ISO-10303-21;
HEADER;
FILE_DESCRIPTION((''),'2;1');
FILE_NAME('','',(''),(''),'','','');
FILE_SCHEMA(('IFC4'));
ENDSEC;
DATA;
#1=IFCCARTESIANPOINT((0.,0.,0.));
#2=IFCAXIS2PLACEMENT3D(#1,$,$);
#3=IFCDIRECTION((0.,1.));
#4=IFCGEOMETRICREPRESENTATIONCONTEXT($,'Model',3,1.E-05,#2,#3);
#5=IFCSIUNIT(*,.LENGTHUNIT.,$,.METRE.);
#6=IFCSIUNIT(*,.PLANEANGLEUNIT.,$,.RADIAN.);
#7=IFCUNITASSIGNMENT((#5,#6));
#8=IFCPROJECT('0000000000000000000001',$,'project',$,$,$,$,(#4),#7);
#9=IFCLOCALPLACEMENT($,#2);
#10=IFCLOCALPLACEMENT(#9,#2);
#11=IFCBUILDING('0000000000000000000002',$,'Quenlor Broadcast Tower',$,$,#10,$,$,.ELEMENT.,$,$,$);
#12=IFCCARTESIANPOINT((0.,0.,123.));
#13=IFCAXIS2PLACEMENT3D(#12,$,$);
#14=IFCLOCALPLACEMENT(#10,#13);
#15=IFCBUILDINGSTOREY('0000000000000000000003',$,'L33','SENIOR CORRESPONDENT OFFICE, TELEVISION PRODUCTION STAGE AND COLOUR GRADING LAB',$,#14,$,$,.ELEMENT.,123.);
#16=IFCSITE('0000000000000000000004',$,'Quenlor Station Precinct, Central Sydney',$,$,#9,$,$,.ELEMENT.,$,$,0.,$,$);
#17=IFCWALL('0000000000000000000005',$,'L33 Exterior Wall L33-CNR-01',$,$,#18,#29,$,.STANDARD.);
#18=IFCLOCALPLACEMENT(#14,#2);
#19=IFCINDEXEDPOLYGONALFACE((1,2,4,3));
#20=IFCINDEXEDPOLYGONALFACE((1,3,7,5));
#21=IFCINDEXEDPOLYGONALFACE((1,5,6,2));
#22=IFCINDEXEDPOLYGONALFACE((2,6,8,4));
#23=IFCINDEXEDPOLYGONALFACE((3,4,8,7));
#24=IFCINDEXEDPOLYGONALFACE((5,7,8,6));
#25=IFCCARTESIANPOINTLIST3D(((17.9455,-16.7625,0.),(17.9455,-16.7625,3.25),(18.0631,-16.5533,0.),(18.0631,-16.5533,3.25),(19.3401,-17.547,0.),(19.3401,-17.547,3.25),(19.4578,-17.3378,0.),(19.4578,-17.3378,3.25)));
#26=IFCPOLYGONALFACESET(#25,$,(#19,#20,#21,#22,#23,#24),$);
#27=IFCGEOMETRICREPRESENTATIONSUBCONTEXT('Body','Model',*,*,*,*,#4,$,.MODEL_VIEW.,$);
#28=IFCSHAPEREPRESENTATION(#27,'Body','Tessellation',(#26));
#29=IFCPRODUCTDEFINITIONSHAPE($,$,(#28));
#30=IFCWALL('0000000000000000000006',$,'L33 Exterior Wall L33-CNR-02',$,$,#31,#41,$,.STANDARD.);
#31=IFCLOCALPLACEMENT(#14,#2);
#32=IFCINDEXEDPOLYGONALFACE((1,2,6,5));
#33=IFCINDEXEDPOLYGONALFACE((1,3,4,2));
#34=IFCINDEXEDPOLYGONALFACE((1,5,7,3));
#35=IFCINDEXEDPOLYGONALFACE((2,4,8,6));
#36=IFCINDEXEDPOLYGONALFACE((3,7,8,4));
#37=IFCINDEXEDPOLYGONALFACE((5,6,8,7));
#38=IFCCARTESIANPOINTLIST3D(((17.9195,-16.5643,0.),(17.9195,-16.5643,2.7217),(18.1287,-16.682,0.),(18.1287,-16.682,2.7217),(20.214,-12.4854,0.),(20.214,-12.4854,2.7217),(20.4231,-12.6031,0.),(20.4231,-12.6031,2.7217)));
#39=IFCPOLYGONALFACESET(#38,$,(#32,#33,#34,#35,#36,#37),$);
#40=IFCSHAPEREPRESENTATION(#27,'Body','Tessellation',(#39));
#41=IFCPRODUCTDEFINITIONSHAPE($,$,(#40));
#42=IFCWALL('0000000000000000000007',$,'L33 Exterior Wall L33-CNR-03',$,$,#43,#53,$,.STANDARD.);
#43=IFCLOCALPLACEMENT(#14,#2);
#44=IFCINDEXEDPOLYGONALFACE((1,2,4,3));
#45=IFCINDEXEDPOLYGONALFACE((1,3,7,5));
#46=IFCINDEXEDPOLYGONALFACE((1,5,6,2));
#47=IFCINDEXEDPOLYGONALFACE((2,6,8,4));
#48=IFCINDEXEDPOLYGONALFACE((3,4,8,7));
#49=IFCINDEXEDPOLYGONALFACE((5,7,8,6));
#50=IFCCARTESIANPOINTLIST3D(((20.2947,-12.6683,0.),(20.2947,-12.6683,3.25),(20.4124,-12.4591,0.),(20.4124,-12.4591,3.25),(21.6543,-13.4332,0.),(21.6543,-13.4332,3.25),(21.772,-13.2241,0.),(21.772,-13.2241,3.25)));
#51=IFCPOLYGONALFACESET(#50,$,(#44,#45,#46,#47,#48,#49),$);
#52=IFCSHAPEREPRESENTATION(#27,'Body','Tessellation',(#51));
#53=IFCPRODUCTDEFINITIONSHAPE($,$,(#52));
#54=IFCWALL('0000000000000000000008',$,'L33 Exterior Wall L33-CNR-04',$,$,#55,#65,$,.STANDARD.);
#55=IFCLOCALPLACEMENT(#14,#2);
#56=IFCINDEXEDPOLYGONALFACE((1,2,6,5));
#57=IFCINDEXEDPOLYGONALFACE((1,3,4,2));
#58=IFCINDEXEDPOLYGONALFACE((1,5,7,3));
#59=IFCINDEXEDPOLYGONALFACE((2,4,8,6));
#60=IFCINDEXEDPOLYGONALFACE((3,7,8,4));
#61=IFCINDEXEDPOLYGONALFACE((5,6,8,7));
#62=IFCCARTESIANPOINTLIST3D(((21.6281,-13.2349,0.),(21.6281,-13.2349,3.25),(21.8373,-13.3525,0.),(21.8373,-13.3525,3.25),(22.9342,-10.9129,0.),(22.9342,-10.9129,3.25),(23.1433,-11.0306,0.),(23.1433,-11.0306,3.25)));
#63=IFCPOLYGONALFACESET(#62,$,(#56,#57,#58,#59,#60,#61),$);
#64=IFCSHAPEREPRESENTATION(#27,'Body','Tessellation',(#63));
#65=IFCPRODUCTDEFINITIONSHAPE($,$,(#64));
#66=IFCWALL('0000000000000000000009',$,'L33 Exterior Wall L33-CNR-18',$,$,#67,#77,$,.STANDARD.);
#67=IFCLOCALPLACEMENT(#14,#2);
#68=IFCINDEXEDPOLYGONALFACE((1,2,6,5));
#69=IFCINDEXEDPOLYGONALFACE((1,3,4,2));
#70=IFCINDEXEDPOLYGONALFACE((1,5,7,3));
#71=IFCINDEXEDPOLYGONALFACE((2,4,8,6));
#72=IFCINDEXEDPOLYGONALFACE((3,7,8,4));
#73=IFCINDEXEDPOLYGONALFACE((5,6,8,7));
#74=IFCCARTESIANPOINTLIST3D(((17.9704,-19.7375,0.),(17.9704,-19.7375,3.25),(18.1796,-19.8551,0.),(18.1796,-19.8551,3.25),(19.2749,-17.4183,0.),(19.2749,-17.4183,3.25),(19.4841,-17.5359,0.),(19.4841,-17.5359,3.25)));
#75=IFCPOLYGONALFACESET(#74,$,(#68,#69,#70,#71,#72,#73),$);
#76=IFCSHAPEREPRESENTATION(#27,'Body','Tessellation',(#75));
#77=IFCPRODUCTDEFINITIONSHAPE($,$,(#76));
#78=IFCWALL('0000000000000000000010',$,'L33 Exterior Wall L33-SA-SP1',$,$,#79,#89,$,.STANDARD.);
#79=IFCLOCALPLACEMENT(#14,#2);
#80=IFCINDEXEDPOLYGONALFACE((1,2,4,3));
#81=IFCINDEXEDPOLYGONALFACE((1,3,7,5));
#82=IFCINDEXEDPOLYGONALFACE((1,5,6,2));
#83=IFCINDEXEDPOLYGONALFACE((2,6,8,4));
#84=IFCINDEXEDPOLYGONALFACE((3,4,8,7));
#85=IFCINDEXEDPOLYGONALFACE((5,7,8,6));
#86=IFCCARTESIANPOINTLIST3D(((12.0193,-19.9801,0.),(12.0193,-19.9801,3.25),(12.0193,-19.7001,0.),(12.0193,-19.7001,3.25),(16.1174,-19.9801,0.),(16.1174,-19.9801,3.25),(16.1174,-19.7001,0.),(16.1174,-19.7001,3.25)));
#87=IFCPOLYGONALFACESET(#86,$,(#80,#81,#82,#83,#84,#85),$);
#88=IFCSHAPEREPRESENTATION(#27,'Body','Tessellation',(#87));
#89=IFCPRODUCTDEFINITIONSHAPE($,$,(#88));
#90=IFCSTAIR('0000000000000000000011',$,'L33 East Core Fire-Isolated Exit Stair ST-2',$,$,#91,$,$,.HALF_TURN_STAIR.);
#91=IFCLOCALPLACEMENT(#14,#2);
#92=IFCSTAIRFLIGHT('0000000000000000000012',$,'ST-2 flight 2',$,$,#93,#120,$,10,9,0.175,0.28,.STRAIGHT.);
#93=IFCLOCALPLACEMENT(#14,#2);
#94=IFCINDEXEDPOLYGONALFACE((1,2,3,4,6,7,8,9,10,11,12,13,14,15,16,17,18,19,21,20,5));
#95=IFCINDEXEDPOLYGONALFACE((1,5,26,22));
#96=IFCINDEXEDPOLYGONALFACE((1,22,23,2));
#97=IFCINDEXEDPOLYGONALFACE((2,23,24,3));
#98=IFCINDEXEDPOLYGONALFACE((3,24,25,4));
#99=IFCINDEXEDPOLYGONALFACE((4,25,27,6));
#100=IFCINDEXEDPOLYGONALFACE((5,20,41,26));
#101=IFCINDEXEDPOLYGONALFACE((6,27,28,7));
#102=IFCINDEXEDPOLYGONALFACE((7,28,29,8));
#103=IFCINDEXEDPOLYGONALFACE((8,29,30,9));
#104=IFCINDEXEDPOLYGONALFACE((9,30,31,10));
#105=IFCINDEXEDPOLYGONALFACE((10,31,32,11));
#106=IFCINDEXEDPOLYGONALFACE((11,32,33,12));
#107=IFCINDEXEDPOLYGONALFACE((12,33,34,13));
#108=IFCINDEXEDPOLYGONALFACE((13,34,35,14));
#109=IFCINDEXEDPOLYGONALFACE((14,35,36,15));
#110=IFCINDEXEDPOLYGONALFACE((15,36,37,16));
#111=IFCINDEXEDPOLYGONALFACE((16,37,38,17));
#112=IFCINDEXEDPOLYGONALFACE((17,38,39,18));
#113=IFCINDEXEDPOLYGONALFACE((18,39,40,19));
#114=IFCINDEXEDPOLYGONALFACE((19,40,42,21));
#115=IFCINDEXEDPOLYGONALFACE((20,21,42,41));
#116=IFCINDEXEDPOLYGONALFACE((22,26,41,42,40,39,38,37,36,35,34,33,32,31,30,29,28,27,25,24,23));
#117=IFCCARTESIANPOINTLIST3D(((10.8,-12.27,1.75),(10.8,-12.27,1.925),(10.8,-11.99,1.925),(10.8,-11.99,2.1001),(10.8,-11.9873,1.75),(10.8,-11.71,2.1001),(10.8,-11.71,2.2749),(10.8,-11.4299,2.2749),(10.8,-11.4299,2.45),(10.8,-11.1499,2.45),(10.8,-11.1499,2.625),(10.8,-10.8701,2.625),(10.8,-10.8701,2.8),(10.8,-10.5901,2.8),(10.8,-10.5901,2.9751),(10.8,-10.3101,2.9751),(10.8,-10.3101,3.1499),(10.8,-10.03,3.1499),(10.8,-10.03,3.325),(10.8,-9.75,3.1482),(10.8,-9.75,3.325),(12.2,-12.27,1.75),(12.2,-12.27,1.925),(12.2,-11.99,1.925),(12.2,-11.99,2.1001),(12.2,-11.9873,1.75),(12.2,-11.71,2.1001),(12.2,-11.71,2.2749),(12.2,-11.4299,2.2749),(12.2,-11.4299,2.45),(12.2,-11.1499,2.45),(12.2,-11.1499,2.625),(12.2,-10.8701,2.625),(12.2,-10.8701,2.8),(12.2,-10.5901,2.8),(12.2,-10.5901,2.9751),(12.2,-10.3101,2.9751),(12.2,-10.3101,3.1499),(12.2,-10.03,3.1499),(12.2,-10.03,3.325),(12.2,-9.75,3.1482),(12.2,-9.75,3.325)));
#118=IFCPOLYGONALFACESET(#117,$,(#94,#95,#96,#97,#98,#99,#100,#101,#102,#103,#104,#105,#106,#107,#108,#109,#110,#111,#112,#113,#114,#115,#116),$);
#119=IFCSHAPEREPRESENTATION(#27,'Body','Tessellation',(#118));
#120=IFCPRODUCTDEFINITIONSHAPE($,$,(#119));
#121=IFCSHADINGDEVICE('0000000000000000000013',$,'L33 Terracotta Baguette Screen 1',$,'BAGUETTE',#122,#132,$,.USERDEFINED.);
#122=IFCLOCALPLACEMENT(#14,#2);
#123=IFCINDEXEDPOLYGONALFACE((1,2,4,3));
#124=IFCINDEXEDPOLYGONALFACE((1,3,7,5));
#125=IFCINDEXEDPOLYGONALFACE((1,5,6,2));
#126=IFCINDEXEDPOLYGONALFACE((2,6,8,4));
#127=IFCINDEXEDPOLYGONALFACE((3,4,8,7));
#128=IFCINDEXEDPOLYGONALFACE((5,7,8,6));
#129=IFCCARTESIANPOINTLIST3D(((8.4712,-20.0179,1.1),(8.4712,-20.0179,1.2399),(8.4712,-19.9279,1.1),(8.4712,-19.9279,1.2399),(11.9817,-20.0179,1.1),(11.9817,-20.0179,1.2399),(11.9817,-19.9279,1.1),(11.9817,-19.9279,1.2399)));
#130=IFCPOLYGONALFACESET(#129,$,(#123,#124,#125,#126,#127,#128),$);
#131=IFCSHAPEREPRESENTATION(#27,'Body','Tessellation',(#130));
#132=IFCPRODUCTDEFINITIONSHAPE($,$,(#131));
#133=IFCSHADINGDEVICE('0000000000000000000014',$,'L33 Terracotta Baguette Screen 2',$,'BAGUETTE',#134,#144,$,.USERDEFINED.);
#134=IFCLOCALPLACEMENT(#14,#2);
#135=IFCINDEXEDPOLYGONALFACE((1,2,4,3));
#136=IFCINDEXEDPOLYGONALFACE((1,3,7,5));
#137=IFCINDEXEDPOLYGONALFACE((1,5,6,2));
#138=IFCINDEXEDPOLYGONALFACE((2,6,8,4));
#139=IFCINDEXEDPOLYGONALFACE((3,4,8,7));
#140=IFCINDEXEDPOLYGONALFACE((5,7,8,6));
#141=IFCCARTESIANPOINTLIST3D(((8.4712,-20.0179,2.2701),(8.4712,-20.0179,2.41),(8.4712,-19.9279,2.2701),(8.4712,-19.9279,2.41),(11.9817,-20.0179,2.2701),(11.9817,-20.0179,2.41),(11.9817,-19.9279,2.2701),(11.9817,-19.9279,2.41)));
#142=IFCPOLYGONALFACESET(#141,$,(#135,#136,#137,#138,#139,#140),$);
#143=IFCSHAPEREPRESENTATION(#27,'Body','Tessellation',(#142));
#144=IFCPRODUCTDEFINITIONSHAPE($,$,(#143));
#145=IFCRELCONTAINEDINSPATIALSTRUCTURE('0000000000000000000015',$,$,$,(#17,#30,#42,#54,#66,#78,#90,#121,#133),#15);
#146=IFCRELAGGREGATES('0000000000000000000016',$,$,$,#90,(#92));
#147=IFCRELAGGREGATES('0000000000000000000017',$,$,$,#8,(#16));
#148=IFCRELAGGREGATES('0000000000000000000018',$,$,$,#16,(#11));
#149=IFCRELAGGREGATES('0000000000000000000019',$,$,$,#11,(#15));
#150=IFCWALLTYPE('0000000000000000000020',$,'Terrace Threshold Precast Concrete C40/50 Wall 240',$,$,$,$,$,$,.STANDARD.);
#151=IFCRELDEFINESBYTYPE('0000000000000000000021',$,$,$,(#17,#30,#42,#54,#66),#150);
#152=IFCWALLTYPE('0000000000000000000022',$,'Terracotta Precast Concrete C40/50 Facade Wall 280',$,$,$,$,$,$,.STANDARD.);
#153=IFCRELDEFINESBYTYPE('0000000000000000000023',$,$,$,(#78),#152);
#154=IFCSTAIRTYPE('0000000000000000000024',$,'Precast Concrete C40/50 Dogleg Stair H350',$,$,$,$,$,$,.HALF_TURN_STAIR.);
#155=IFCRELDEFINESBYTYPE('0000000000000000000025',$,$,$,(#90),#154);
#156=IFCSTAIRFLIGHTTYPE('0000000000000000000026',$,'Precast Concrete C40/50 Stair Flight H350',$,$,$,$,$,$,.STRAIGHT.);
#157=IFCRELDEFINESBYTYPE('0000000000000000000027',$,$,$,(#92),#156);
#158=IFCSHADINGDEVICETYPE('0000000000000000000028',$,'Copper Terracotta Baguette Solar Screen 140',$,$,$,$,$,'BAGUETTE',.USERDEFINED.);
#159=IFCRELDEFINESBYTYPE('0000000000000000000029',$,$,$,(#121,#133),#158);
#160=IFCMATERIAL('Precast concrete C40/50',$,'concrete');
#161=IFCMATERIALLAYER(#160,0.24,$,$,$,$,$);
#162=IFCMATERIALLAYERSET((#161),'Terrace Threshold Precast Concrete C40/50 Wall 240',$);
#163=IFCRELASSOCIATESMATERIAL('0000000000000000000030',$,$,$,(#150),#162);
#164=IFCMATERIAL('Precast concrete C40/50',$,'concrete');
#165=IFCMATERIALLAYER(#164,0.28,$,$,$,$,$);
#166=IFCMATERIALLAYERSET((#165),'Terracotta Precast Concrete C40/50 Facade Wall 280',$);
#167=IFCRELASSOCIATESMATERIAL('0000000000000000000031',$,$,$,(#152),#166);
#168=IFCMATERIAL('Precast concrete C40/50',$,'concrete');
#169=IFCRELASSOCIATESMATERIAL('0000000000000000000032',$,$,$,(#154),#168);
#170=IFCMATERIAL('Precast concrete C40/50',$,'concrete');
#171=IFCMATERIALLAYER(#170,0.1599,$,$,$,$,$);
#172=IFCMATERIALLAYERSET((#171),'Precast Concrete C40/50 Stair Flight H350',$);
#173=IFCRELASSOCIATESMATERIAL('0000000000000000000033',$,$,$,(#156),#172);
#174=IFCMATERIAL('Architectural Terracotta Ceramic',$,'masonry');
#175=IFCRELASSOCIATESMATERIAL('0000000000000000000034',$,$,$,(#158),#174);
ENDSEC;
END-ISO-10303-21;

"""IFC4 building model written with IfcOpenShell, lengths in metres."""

from ifc_helpers import new_model, si_unit, direction, frame, frame_2d, origin, origin_2d, place, context, subcontext, project, spatial, polyline, rectangle, outline, extrude, material, layer, layer_set, material_profile, profile_set, type_object, element, aggregate, save


model = new_model("IFC4")

# Units and contexts
model_context = context("Model", 3, precision=1e-05, world=origin(), true_north=direction((0.0, 1.0)))
body_context = subcontext(model_context, "Body", "Model", "MODEL_VIEW")
ifc_project = project(units=[si_unit("LENGTHUNIT", "METRE"), si_unit("PLANEANGLEUNIT", "RADIAN")], contexts=[model_context])

# Site, building, storey
site_placement = place(None, origin())
site = spatial("IfcSite", under=ifc_project, at=site_placement, Name="Quenlor Station Precinct, Central Sydney", CompositionType="ELEMENT", RefElevation=0.0)
building_placement = place(site_placement, origin())
building = spatial("IfcBuilding", under=site, at=building_placement, Name="Quenlor Broadcast Tower", CompositionType="ELEMENT")
storey_placement = place(building_placement, frame((0.0, 0.0, 123.0)))
storey = spatial("IfcBuildingStorey", under=building, at=storey_placement, Name="L33", Description="SENIOR CORRESPONDENT OFFICE, TELEVISION PRODUCTION STAGE AND COLOUR GRADING LAB", CompositionType="ELEMENT", Elevation=123.0)

# Walls
ifc_material_1 = material(Name="Precast concrete C40/50", Category="concrete")
ifc_layer_1 = layer(ifc_material_1, 0.24)
ifc_layer_set_1 = layer_set([ifc_layer_1], Name="Terrace Threshold Precast Concrete C40/50 Wall 240")
wall_type_1 = type_object("IfcWallType", Name="Terrace Threshold Precast Concrete C40/50 Wall 240", PredefinedType="STANDARD", material=ifc_layer_set_1)
wall_1_placement = place(storey_placement, frame((19.3989, -17.4424, 0.0), z_axis=(0.0, 0.0, 1.0), x_axis=(-0.871576, 0.490261, 0.0)))
element("IfcWall", 1, at=wall_1_placement, inside=storey, type_object=wall_type_1, Name="L33 Exterior Wall L33-CNR-01", PredefinedType="STANDARD", context=body_context, shape_type="SweptSolid", body=[
    extrude(rectangle(XDim=1.6001, YDim=0.24, at=frame_2d((0.8, 0.0))), origin(), (0.0, 0.0, 1.0), 3.25),
])
wall_2_placement = place(storey_placement, frame((18.0242, -16.623, 0.0), z_axis=(0.0, 0.0, 1.0), x_axis=(0.490274, 0.871569, 0.0)))
element("IfcWall", 2, at=wall_2_placement, inside=storey, type_object=wall_type_1, Name="L33 Exterior Wall L33-CNR-02", PredefinedType="STANDARD", context=body_context, shape_type="SweptSolid", body=[
    extrude(rectangle(XDim=4.6799, YDim=0.24, at=frame_2d((2.3398, 0.0))), origin(), (0.0, 0.0, 1.0), 2.7217),
])
wall_3_placement = place(storey_placement, frame((20.3535, -12.5637, 0.0), z_axis=(0.0, 0.0, 1.0), x_axis=(0.871546, -0.490313, 0.0)))
element("IfcWall", 3, at=wall_3_placement, inside=storey, type_object=wall_type_1, Name="L33 Exterior Wall L33-CNR-03", PredefinedType="STANDARD", context=body_context, shape_type="SweptSolid", body=[
    extrude(rectangle(XDim=1.5601, YDim=0.24, at=frame_2d((0.78, 0.0))), origin(), (0.0, 0.0, 1.0), 3.25),
])
wall_4_placement = place(storey_placement, frame((21.7327, -13.2937, 0.0), z_axis=(0.0, 0.0, 1.0), x_axis=(0.490266, 0.871573, 0.0)))
element("IfcWall", 4, at=wall_4_placement, inside=storey, type_object=wall_type_1, Name="L33 Exterior Wall L33-CNR-04", PredefinedType="STANDARD", context=body_context, shape_type="SweptSolid", body=[
    extrude(rectangle(XDim=2.6641, YDim=0.24, at=frame_2d((1.332, 0.0))), origin(), (0.0, 0.0, 1.0), 3.25),
])
wall_5_placement = place(storey_placement, frame((18.075, -19.7964, 0.0), z_axis=(0.0, 0.0, 1.0), x_axis=(0.490248, 0.871583, 0.0)))
element("IfcWall", 5, at=wall_5_placement, inside=storey, type_object=wall_type_1, Name="L33 Exterior Wall L33-CNR-18", PredefinedType="STANDARD", context=body_context, shape_type="SweptSolid", body=[
    extrude(rectangle(XDim=2.6609, YDim=0.24, at=frame_2d((1.3306, 0.0))), origin(), (0.0, 0.0, 1.0), 3.25),
])
ifc_material_2 = material(Name="Precast concrete C40/50", Category="concrete")
ifc_layer_2 = layer(ifc_material_2, 0.28)
ifc_layer_set_2 = layer_set([ifc_layer_2], Name="Terracotta Precast Concrete C40/50 Facade Wall 280")
wall_type_2 = type_object("IfcWallType", Name="Terracotta Precast Concrete C40/50 Facade Wall 280", PredefinedType="STANDARD", material=ifc_layer_set_2)
wall_6_placement = place(storey_placement, frame((16.1174, -19.8401, 0.0), z_axis=(0.0, 0.0, 1.0), x_axis=(-1.0, 0.0, 0.0)))
element("IfcWall", 6, at=wall_6_placement, inside=storey, type_object=wall_type_2, Name="L33 Exterior Wall L33-SA-SP1", PredefinedType="STANDARD", context=body_context, shape_type="SweptSolid", body=[
    extrude(rectangle(XDim=4.0981, YDim=0.28, at=frame_2d((2.0491, 0.0))), origin(), (0.0, 0.0, 1.0), 3.25),
])

# Stair, stair flight
ifc_material_3 = material(Name="Precast concrete C40/50", Category="concrete")
stair_type = type_object("IfcStairType", Name="Precast Concrete C40/50 Dogleg Stair H350", PredefinedType="HALF_TURN_STAIR", material=ifc_material_3)
stair_placement = place(storey_placement, origin())
stair = element("IfcStair", 7, at=stair_placement, inside=storey, type_object=stair_type, Name="L33 East Core Fire-Isolated Exit Stair ST-2", PredefinedType="HALF_TURN_STAIR")
ifc_material_4 = material(Name="Precast concrete C40/50", Category="concrete")
ifc_layer_3 = layer(ifc_material_4, 0.1599)
ifc_layer_set_3 = layer_set([ifc_layer_3], Name="Precast Concrete C40/50 Stair Flight H350")
stair_flight_type = type_object("IfcStairFlightType", Name="Precast Concrete C40/50 Stair Flight H350", PredefinedType="STRAIGHT", material=ifc_layer_set_3)
stair_flight_placement = place(storey_placement, frame((11.5, -12.27, 1.75), z_axis=(0.0, 0.0, 1.0), x_axis=(0.0, 1.0, 0.0)))
stair_flight = element("IfcStairFlight", 8, at=stair_flight_placement, type_object=stair_flight_type, Name="ST-2 flight 2", NumberOfRisers=10, NumberOfTreads=9, PredefinedType="STRAIGHT", RiserHeight=0.175, TreadLength=0.28, context=body_context, shape_type="SweptSolid", body=[
    extrude(outline(polyline([(0.0, 0.0), (0.0, 0.175), (0.28, 0.175), (0.28, 0.3501), (0.5601, 0.3501), (0.5601, 0.5249), (0.8401, 0.5249), (0.8401, 0.7), (1.1201, 0.7), (1.1201, 0.875), (1.3999, 0.875), (1.3999, 1.05), (1.6799, 1.05), (1.6799, 1.2251), (1.96, 1.2251), (1.96, 1.3999), (2.24, 1.3999), (2.24, 1.575), (2.52, 1.575), (2.52, 1.75), (2.52, 1.3982), (0.2827, 0.0), (0.0, 0.0)])), frame((0.0, 0.7, 0.0), z_axis=(0.0, -1.0, 0.0), x_axis=(1.0, 0.0, 0.0)), (0.0, 0.0, 1.0), 1.3999),
])
aggregate(stair, [stair_flight])

# Shading devices
ifc_material_5 = material(Name="Architectural Terracotta Ceramic", Category="masonry")
ifc_material_profile_1 = material_profile(ifc_material_5, rectangle(XDim=0.0901, YDim=0.1399, at=origin_2d()))
ifc_profile_set_1 = profile_set([ifc_material_profile_1], Name="Architectural Terracotta Ceramic BAG90x140")
shading_device_type = type_object("IfcShadingDeviceType", Name="Copper Terracotta Baguette Solar Screen 140", ElementType="BAGUETTE", PredefinedType="USERDEFINED", material=ifc_profile_set_1)
for number, where, z_axis, x_axis, name in (
    (9, (11.9817, -19.9729, 1.1699), (-1.0, 0.0, 0.0), (0.0, -1.0, 0.0), "L33 Terracotta Baguette Screen 1"),
    (10, (11.9817, -19.9729, 2.3401), (-1.0, 0.0, 0.0), (0.0, -1.0, 0.0), "L33 Terracotta Baguette Screen 2"),
):
    element("IfcShadingDevice", number, at=place(storey_placement, frame(where, z_axis=z_axis, x_axis=x_axis)), inside=storey, type_object=shading_device_type, Name=name, ObjectType="BAGUETTE", PredefinedType="USERDEFINED", context=body_context, shape_type="SweptSolid", body=[
        extrude(rectangle(XDim=0.0901, YDim=0.1399, at=origin_2d()), origin(), (0.0, 0.0, 1.0), 3.5105),
    ])

save(model, "model.ifc")
